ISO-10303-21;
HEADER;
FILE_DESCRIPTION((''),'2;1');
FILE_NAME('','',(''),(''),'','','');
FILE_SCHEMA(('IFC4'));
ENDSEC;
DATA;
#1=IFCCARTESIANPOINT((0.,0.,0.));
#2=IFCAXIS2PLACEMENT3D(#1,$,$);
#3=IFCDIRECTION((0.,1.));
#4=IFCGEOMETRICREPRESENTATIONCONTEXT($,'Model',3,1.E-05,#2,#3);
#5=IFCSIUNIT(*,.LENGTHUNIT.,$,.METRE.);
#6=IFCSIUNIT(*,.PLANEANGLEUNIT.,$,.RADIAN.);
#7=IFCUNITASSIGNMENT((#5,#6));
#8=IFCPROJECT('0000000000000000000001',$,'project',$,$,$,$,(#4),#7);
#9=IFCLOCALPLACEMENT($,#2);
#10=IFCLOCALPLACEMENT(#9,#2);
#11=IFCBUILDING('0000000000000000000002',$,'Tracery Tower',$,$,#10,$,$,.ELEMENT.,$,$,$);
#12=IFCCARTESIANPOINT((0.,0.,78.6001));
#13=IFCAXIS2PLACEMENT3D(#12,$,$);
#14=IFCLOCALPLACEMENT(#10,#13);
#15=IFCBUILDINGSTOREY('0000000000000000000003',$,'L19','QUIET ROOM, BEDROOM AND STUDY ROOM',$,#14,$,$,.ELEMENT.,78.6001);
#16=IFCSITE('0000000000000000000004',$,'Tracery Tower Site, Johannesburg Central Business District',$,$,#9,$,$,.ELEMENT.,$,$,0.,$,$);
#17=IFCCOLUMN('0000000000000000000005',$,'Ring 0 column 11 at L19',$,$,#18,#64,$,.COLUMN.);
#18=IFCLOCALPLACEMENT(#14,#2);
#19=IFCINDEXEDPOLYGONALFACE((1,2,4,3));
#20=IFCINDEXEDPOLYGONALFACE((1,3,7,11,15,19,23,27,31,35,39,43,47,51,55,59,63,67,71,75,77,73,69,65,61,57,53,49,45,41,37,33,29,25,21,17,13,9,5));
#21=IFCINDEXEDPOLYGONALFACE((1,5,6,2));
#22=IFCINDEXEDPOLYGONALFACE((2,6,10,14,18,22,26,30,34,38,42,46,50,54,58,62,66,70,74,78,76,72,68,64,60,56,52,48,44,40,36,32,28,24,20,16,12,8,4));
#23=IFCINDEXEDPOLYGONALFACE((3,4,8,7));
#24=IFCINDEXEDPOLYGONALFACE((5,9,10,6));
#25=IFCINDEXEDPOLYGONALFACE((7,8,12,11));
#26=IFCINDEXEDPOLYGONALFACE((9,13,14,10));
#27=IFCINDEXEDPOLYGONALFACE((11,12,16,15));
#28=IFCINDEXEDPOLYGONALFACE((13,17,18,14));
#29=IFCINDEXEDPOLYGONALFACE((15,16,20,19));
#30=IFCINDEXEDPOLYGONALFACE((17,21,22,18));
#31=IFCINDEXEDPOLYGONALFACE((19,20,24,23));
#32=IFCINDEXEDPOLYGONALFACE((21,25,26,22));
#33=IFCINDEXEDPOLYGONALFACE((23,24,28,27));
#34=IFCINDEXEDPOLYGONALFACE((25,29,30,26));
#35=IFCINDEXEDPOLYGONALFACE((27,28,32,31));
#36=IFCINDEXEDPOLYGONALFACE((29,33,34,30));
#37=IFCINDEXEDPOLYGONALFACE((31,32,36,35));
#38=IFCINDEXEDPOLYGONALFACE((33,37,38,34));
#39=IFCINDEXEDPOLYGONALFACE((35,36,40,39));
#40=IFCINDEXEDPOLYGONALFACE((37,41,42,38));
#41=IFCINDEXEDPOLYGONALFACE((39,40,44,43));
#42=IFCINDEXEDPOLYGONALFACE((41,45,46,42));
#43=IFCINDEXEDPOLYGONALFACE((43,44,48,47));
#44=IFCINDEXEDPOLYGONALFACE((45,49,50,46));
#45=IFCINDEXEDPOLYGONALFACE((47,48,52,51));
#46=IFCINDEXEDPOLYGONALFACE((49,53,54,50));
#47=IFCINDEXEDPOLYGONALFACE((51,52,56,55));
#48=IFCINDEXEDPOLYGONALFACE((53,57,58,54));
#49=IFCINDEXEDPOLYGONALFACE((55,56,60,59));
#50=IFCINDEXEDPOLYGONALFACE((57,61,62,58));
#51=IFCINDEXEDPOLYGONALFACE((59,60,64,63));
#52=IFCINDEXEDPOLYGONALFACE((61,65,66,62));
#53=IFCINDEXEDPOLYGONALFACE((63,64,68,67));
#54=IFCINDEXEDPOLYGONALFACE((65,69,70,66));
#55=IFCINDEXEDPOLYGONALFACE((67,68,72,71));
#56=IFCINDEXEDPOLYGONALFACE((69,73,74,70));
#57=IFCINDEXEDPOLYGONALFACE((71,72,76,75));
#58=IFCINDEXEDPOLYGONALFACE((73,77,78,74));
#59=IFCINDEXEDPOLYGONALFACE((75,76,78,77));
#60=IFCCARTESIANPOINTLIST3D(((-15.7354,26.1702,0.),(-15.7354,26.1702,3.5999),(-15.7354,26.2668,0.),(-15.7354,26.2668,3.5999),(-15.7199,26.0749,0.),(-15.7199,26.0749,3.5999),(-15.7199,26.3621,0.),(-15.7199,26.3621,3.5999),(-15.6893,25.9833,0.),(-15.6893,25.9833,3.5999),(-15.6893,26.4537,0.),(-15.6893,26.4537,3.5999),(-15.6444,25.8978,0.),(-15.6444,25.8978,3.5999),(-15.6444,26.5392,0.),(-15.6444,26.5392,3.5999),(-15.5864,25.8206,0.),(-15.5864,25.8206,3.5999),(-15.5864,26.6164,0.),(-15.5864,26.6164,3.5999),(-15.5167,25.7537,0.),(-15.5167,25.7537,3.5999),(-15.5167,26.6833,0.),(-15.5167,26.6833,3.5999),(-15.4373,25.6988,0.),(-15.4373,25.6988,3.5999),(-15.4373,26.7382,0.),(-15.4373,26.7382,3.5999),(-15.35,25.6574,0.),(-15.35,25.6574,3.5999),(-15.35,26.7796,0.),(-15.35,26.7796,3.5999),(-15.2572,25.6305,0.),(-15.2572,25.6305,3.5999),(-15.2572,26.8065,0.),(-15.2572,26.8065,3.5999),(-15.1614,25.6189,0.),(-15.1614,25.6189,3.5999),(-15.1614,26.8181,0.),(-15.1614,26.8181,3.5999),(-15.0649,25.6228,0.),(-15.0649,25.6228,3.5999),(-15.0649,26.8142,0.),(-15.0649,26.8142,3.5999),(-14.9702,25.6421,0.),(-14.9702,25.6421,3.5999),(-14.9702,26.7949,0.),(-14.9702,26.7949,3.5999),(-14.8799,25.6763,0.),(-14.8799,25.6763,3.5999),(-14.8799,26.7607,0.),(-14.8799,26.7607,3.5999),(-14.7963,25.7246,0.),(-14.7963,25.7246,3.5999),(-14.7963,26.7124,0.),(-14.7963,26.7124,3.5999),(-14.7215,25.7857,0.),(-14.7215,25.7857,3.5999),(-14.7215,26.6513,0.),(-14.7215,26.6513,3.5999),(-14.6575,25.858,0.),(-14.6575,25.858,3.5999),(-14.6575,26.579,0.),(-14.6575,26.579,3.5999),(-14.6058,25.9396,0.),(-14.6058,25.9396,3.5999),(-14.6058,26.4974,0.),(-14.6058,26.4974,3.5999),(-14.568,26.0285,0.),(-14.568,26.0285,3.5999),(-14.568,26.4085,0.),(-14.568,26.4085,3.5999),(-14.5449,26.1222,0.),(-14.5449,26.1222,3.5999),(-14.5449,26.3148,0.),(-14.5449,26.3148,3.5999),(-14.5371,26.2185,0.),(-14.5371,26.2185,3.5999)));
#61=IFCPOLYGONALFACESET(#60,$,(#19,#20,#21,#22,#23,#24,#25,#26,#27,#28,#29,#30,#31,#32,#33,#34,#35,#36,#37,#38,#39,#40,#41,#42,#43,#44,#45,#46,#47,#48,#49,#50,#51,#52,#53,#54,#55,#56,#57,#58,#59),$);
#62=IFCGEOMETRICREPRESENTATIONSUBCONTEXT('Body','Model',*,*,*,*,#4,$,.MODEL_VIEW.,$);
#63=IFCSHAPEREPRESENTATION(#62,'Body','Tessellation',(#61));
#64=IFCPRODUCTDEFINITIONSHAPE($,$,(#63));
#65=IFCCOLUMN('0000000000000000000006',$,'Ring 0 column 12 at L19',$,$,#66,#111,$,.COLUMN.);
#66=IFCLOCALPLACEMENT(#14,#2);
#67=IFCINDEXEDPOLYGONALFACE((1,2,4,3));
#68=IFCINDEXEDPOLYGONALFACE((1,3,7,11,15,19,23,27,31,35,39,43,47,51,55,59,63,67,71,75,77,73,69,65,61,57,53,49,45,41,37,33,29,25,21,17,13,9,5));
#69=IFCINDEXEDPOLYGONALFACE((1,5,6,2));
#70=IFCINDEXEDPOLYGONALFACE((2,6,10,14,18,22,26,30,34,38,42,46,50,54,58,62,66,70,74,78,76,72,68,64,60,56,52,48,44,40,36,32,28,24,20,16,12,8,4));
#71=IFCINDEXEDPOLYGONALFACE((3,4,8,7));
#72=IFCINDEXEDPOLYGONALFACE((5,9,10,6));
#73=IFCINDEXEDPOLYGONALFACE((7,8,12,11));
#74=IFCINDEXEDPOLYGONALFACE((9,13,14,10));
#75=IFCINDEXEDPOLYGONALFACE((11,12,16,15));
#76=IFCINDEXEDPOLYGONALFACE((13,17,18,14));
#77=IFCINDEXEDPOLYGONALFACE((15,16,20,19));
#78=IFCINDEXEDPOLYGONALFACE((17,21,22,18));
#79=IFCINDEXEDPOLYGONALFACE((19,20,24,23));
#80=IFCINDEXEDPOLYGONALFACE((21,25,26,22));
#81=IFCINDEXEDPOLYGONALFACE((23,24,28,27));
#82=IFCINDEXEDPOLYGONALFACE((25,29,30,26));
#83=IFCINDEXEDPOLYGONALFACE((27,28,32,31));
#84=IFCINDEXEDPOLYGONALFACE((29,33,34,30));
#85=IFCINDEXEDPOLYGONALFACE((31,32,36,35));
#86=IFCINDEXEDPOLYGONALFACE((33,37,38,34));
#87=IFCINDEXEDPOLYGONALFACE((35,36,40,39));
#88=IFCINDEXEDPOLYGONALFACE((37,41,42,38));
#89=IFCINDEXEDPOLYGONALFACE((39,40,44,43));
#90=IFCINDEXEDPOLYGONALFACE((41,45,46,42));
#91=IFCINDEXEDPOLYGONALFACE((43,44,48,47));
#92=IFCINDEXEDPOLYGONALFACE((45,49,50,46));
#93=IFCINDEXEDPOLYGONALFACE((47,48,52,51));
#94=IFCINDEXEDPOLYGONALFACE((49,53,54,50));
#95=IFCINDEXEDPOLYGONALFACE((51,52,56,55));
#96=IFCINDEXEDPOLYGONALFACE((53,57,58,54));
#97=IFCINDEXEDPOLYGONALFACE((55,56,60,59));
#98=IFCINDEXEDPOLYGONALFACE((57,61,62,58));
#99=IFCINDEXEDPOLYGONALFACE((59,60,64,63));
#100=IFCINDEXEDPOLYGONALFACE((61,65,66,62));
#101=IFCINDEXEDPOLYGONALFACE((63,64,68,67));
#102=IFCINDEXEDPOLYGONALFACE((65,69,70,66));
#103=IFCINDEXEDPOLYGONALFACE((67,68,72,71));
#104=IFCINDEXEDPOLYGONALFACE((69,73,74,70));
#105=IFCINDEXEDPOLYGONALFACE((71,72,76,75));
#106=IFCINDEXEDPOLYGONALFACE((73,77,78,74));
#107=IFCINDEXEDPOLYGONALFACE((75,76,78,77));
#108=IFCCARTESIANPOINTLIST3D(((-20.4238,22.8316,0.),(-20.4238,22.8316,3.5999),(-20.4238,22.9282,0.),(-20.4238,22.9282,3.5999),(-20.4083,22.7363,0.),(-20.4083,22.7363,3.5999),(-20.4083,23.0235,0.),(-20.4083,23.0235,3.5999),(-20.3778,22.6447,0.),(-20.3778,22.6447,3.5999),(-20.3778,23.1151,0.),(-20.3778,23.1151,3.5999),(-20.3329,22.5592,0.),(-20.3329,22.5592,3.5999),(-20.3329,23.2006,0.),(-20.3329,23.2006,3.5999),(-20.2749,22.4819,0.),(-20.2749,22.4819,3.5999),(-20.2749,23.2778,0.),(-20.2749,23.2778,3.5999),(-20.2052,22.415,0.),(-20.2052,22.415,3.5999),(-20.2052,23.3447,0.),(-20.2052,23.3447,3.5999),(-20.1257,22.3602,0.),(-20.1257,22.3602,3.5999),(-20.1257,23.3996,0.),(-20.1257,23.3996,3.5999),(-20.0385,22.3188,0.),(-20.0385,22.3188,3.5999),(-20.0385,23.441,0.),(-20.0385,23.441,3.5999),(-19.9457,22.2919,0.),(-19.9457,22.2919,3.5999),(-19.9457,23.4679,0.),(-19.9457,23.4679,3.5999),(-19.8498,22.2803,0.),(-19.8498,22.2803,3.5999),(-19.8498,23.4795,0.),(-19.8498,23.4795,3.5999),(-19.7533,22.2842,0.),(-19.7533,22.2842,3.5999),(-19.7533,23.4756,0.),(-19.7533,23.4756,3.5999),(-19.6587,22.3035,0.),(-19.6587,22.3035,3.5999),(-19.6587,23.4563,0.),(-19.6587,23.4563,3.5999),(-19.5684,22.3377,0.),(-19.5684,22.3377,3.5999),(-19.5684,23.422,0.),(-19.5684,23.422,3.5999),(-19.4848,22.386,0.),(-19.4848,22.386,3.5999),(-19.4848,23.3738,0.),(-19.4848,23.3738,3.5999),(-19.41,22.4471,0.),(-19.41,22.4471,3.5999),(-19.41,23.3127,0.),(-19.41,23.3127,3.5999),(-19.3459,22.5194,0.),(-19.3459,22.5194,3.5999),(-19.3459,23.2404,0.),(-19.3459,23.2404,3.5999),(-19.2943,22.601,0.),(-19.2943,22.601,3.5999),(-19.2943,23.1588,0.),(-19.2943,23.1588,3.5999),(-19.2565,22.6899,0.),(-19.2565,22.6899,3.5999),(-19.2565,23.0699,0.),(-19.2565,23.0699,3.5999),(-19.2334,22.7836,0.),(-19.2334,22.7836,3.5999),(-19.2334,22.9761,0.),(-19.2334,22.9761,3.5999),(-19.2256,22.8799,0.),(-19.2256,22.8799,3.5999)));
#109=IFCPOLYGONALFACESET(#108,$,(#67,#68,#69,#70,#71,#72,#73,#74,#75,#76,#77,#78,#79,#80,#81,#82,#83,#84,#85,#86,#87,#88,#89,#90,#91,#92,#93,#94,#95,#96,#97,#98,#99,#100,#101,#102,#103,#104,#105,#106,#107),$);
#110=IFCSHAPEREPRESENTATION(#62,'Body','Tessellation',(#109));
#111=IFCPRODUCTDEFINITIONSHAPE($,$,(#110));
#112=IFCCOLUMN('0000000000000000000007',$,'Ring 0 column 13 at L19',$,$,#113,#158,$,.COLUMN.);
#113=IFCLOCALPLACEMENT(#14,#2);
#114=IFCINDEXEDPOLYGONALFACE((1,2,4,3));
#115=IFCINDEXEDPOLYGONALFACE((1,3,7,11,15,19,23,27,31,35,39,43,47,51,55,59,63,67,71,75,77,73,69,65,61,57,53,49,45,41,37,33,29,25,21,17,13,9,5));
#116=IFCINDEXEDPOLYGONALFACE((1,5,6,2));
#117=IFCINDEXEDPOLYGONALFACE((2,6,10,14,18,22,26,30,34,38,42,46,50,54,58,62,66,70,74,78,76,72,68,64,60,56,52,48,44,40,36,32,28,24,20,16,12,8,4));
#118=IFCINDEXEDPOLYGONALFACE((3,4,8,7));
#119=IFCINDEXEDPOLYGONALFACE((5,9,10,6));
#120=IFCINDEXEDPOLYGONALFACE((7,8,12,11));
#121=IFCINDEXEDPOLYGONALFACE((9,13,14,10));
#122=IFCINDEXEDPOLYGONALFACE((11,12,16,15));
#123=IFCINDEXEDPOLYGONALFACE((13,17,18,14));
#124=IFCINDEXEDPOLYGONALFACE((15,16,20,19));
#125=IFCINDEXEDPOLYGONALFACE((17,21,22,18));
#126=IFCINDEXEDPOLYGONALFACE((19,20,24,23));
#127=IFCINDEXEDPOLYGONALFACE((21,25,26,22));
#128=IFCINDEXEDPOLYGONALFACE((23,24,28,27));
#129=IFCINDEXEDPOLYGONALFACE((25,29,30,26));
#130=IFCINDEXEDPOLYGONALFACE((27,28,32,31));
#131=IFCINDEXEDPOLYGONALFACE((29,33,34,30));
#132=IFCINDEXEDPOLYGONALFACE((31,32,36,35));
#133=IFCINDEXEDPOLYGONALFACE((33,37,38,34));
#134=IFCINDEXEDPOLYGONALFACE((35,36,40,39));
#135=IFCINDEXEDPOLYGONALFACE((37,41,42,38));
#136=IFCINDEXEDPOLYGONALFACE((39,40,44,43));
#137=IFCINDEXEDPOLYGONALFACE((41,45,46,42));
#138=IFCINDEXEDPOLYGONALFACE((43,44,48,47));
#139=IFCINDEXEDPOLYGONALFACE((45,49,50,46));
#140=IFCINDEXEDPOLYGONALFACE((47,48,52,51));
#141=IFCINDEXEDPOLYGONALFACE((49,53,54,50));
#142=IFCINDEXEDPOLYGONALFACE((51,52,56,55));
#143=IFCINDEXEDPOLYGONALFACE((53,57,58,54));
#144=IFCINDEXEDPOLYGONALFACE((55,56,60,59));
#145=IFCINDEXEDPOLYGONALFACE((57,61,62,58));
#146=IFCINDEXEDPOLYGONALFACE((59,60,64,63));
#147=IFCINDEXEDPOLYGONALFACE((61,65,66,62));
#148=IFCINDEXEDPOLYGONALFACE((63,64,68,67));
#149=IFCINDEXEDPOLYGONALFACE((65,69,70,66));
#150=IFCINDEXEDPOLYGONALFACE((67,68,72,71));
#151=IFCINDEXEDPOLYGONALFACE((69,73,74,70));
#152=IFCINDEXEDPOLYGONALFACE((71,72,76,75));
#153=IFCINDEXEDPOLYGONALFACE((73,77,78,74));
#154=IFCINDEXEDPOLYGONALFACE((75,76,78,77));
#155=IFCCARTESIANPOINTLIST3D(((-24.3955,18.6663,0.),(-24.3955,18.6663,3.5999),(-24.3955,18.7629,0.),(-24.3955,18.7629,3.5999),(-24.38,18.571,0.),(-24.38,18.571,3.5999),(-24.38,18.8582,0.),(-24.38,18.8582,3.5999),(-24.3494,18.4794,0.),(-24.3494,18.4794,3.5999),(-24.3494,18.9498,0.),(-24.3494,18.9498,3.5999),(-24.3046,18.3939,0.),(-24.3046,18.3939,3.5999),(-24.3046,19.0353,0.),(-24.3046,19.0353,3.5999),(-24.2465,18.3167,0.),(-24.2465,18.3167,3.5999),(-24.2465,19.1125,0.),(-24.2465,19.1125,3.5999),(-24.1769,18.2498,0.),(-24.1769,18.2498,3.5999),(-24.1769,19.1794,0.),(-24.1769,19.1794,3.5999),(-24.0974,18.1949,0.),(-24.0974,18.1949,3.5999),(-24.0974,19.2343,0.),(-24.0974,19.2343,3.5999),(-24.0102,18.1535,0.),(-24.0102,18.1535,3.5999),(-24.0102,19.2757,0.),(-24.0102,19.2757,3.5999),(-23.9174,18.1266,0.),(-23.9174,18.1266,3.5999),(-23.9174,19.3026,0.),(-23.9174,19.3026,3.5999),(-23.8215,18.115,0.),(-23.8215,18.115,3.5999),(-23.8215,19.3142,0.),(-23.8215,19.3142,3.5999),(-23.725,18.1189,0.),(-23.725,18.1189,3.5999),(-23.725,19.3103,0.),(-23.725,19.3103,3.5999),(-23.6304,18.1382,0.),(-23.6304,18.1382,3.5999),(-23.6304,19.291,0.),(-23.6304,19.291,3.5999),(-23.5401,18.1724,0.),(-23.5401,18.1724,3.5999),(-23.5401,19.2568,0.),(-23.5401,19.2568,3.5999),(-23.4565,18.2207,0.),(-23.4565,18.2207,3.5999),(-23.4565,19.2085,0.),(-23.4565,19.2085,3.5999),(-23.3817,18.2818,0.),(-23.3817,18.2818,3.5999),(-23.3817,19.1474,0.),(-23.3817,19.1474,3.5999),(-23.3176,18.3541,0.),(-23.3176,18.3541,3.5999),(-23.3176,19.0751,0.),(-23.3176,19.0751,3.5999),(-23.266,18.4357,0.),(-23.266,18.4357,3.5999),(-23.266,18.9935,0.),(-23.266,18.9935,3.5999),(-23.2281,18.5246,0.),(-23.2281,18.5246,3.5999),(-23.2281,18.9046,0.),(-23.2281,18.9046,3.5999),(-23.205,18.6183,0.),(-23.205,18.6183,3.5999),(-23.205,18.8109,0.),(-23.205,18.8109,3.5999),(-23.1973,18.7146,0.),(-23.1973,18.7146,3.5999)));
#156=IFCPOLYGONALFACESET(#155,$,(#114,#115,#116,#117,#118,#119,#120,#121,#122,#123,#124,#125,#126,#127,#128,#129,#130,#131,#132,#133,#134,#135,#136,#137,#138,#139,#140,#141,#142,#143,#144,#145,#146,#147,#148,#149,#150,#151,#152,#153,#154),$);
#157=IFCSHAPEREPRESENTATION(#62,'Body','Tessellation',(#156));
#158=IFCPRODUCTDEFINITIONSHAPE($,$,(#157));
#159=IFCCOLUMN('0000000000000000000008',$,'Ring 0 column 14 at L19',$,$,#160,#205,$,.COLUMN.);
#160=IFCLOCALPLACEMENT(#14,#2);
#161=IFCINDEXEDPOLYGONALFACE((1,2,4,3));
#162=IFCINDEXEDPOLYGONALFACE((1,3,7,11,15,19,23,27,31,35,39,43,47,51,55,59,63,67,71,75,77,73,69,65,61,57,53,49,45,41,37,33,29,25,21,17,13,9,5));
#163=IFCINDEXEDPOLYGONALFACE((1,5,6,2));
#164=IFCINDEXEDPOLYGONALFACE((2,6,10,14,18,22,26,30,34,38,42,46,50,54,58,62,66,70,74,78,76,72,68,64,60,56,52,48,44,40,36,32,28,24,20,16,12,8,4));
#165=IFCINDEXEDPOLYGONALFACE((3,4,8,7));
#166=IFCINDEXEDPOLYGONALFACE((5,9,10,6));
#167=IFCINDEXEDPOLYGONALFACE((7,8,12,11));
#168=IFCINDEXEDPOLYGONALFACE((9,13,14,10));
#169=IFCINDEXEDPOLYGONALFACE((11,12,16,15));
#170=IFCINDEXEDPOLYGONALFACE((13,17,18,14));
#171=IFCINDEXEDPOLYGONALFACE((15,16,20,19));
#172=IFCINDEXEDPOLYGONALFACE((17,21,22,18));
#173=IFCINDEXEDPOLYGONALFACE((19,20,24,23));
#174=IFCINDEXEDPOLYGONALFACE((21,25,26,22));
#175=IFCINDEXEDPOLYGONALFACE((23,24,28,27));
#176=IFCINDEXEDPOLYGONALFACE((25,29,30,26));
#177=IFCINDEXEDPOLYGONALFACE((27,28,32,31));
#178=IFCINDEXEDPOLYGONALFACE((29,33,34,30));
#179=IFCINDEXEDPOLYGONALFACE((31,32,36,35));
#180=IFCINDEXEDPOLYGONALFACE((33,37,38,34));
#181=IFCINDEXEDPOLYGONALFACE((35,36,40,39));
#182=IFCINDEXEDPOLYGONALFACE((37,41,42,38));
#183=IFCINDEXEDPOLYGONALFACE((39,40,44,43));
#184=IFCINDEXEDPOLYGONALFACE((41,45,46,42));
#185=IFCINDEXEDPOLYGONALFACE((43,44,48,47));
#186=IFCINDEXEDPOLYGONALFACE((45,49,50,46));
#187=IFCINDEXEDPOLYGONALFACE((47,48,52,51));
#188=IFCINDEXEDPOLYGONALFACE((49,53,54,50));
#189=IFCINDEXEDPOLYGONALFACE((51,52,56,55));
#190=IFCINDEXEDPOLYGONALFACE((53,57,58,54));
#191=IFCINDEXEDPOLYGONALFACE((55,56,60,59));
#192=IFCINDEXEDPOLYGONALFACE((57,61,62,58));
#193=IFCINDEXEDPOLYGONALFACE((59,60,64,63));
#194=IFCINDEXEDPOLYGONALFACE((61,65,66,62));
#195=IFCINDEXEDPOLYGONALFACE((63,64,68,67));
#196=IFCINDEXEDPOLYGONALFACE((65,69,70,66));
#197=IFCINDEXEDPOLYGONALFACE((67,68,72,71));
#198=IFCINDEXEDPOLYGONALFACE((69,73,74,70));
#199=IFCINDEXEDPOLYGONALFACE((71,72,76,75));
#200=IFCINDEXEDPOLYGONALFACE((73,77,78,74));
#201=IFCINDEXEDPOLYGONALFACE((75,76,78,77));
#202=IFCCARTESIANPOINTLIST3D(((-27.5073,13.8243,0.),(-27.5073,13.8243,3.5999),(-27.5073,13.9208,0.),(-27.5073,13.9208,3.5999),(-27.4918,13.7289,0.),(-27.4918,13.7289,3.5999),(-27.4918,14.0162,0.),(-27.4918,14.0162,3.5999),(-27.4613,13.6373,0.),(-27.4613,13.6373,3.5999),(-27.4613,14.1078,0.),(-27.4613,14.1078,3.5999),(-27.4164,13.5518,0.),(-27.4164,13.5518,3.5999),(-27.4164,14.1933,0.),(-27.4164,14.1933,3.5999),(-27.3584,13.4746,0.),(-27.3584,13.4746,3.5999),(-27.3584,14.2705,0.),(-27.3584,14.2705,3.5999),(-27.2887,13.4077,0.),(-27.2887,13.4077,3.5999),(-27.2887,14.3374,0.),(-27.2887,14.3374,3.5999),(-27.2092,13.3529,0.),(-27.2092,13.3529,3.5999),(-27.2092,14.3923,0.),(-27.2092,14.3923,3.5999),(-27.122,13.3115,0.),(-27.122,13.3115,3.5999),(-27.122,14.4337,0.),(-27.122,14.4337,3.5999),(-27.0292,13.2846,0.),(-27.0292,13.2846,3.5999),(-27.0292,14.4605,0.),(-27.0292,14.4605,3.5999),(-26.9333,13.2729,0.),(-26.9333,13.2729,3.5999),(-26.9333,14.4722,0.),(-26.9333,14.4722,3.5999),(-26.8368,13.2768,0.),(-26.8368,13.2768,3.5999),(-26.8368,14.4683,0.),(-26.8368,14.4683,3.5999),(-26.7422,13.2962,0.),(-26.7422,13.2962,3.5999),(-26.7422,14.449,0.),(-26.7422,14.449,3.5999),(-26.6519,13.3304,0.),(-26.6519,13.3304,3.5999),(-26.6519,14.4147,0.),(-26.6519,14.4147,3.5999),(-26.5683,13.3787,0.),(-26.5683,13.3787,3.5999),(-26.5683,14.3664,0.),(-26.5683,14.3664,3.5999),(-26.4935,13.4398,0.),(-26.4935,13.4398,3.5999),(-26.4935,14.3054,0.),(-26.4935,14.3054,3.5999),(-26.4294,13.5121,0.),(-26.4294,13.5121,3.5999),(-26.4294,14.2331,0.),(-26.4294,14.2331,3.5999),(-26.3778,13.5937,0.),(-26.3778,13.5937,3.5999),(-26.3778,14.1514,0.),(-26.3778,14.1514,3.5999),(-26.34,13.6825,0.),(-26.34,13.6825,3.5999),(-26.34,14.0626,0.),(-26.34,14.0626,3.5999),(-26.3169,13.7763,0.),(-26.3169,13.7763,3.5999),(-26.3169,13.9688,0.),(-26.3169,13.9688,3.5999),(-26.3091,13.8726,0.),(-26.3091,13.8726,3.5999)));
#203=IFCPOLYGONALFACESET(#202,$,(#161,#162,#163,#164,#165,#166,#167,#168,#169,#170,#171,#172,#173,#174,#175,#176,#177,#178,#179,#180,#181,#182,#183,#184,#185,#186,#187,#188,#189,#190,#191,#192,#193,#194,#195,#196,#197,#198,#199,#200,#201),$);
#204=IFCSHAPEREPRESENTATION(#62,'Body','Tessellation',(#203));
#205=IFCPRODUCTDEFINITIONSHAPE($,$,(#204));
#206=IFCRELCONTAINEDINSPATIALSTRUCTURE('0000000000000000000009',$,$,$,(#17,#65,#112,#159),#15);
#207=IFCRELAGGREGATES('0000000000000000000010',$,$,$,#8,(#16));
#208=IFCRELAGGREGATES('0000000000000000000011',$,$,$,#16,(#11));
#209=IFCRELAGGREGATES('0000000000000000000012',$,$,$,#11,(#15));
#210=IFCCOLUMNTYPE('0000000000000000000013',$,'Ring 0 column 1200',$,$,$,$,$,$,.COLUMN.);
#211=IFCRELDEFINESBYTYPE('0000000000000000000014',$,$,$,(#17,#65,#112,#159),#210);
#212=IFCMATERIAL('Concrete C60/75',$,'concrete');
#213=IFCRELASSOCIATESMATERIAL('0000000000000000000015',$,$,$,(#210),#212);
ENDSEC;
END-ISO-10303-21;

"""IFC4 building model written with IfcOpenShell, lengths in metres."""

from ifc_helpers import new_model, si_unit, direction, frame, origin, origin_2d, place, context, subcontext, project, spatial, circle, extrude, material, material_profile, profile_set, type_object, element, save


model = new_model("IFC4")

# Units and contexts
model_context = context("Model", 3, precision=1e-05, world=origin(), true_north=direction((0.0, 1.0)))
body_context = subcontext(model_context, "Body", "Model", "MODEL_VIEW")
ifc_project = project(units=[si_unit("LENGTHUNIT", "METRE"), si_unit("PLANEANGLEUNIT", "RADIAN")], contexts=[model_context])

# Site, building, storey
site_placement = place(None, origin())
site = spatial("IfcSite", under=ifc_project, at=site_placement, Name="Tracery Tower Site, Johannesburg Central Business District", CompositionType="ELEMENT", RefElevation=0.0)
building_placement = place(site_placement, origin())
building = spatial("IfcBuilding", under=site, at=building_placement, Name="Tracery Tower", CompositionType="ELEMENT")
storey_placement = place(building_placement, frame((0.0, 0.0, 78.6001)))
storey = spatial("IfcBuildingStorey", under=building, at=storey_placement, Name="L19", Description="QUIET ROOM, BEDROOM AND STUDY ROOM", CompositionType="ELEMENT", Elevation=78.6001)

# Columns
ifc_material_1 = material(Name="Concrete C60/75", Category="concrete")
ifc_material_profile_1 = material_profile(ifc_material_1, circle(Radius=0.6001, at=origin_2d()), Name="RC D1200")
ifc_profile_set_1 = profile_set([ifc_material_profile_1], Name="Concrete C60/75")
column_type_1 = type_object("IfcColumnType", Name="Ring 0 column 1200", PredefinedType="COLUMN", material=ifc_profile_set_1)
for number, where, z_axis, x_axis, name in (
    (1, (-15.1372, 26.2185, 0.0), (0.0, 0.0, 1.0), (1.0, 0.0, 0.0), "Ring 0 column 11 at L19"),
    (2, (-19.8257, 22.8799, 0.0), (0.0, 0.0, 1.0), (1.0, 0.0, 0.0), "Ring 0 column 12 at L19"),
    (3, (-23.7974, 18.7146, 0.0), (0.0, 0.0, 1.0), (1.0, 0.0, 0.0), "Ring 0 column 13 at L19"),
    (4, (-26.9092, 13.8726, 0.0), (0.0, 0.0, 1.0), (1.0, 0.0, 0.0), "Ring 0 column 14 at L19"),
):
    element("IfcColumn", number, at=place(storey_placement, frame(where, z_axis=z_axis, x_axis=x_axis)), inside=storey, type_object=column_type_1, Name=name, PredefinedType="COLUMN", context=body_context, shape_type="SweptSolid", body=[
        extrude(circle(Radius=0.6001, at=origin_2d()), origin(), (0.0, 0.0, 1.0), 3.5999),
    ])

save(model, "model.ifc")
